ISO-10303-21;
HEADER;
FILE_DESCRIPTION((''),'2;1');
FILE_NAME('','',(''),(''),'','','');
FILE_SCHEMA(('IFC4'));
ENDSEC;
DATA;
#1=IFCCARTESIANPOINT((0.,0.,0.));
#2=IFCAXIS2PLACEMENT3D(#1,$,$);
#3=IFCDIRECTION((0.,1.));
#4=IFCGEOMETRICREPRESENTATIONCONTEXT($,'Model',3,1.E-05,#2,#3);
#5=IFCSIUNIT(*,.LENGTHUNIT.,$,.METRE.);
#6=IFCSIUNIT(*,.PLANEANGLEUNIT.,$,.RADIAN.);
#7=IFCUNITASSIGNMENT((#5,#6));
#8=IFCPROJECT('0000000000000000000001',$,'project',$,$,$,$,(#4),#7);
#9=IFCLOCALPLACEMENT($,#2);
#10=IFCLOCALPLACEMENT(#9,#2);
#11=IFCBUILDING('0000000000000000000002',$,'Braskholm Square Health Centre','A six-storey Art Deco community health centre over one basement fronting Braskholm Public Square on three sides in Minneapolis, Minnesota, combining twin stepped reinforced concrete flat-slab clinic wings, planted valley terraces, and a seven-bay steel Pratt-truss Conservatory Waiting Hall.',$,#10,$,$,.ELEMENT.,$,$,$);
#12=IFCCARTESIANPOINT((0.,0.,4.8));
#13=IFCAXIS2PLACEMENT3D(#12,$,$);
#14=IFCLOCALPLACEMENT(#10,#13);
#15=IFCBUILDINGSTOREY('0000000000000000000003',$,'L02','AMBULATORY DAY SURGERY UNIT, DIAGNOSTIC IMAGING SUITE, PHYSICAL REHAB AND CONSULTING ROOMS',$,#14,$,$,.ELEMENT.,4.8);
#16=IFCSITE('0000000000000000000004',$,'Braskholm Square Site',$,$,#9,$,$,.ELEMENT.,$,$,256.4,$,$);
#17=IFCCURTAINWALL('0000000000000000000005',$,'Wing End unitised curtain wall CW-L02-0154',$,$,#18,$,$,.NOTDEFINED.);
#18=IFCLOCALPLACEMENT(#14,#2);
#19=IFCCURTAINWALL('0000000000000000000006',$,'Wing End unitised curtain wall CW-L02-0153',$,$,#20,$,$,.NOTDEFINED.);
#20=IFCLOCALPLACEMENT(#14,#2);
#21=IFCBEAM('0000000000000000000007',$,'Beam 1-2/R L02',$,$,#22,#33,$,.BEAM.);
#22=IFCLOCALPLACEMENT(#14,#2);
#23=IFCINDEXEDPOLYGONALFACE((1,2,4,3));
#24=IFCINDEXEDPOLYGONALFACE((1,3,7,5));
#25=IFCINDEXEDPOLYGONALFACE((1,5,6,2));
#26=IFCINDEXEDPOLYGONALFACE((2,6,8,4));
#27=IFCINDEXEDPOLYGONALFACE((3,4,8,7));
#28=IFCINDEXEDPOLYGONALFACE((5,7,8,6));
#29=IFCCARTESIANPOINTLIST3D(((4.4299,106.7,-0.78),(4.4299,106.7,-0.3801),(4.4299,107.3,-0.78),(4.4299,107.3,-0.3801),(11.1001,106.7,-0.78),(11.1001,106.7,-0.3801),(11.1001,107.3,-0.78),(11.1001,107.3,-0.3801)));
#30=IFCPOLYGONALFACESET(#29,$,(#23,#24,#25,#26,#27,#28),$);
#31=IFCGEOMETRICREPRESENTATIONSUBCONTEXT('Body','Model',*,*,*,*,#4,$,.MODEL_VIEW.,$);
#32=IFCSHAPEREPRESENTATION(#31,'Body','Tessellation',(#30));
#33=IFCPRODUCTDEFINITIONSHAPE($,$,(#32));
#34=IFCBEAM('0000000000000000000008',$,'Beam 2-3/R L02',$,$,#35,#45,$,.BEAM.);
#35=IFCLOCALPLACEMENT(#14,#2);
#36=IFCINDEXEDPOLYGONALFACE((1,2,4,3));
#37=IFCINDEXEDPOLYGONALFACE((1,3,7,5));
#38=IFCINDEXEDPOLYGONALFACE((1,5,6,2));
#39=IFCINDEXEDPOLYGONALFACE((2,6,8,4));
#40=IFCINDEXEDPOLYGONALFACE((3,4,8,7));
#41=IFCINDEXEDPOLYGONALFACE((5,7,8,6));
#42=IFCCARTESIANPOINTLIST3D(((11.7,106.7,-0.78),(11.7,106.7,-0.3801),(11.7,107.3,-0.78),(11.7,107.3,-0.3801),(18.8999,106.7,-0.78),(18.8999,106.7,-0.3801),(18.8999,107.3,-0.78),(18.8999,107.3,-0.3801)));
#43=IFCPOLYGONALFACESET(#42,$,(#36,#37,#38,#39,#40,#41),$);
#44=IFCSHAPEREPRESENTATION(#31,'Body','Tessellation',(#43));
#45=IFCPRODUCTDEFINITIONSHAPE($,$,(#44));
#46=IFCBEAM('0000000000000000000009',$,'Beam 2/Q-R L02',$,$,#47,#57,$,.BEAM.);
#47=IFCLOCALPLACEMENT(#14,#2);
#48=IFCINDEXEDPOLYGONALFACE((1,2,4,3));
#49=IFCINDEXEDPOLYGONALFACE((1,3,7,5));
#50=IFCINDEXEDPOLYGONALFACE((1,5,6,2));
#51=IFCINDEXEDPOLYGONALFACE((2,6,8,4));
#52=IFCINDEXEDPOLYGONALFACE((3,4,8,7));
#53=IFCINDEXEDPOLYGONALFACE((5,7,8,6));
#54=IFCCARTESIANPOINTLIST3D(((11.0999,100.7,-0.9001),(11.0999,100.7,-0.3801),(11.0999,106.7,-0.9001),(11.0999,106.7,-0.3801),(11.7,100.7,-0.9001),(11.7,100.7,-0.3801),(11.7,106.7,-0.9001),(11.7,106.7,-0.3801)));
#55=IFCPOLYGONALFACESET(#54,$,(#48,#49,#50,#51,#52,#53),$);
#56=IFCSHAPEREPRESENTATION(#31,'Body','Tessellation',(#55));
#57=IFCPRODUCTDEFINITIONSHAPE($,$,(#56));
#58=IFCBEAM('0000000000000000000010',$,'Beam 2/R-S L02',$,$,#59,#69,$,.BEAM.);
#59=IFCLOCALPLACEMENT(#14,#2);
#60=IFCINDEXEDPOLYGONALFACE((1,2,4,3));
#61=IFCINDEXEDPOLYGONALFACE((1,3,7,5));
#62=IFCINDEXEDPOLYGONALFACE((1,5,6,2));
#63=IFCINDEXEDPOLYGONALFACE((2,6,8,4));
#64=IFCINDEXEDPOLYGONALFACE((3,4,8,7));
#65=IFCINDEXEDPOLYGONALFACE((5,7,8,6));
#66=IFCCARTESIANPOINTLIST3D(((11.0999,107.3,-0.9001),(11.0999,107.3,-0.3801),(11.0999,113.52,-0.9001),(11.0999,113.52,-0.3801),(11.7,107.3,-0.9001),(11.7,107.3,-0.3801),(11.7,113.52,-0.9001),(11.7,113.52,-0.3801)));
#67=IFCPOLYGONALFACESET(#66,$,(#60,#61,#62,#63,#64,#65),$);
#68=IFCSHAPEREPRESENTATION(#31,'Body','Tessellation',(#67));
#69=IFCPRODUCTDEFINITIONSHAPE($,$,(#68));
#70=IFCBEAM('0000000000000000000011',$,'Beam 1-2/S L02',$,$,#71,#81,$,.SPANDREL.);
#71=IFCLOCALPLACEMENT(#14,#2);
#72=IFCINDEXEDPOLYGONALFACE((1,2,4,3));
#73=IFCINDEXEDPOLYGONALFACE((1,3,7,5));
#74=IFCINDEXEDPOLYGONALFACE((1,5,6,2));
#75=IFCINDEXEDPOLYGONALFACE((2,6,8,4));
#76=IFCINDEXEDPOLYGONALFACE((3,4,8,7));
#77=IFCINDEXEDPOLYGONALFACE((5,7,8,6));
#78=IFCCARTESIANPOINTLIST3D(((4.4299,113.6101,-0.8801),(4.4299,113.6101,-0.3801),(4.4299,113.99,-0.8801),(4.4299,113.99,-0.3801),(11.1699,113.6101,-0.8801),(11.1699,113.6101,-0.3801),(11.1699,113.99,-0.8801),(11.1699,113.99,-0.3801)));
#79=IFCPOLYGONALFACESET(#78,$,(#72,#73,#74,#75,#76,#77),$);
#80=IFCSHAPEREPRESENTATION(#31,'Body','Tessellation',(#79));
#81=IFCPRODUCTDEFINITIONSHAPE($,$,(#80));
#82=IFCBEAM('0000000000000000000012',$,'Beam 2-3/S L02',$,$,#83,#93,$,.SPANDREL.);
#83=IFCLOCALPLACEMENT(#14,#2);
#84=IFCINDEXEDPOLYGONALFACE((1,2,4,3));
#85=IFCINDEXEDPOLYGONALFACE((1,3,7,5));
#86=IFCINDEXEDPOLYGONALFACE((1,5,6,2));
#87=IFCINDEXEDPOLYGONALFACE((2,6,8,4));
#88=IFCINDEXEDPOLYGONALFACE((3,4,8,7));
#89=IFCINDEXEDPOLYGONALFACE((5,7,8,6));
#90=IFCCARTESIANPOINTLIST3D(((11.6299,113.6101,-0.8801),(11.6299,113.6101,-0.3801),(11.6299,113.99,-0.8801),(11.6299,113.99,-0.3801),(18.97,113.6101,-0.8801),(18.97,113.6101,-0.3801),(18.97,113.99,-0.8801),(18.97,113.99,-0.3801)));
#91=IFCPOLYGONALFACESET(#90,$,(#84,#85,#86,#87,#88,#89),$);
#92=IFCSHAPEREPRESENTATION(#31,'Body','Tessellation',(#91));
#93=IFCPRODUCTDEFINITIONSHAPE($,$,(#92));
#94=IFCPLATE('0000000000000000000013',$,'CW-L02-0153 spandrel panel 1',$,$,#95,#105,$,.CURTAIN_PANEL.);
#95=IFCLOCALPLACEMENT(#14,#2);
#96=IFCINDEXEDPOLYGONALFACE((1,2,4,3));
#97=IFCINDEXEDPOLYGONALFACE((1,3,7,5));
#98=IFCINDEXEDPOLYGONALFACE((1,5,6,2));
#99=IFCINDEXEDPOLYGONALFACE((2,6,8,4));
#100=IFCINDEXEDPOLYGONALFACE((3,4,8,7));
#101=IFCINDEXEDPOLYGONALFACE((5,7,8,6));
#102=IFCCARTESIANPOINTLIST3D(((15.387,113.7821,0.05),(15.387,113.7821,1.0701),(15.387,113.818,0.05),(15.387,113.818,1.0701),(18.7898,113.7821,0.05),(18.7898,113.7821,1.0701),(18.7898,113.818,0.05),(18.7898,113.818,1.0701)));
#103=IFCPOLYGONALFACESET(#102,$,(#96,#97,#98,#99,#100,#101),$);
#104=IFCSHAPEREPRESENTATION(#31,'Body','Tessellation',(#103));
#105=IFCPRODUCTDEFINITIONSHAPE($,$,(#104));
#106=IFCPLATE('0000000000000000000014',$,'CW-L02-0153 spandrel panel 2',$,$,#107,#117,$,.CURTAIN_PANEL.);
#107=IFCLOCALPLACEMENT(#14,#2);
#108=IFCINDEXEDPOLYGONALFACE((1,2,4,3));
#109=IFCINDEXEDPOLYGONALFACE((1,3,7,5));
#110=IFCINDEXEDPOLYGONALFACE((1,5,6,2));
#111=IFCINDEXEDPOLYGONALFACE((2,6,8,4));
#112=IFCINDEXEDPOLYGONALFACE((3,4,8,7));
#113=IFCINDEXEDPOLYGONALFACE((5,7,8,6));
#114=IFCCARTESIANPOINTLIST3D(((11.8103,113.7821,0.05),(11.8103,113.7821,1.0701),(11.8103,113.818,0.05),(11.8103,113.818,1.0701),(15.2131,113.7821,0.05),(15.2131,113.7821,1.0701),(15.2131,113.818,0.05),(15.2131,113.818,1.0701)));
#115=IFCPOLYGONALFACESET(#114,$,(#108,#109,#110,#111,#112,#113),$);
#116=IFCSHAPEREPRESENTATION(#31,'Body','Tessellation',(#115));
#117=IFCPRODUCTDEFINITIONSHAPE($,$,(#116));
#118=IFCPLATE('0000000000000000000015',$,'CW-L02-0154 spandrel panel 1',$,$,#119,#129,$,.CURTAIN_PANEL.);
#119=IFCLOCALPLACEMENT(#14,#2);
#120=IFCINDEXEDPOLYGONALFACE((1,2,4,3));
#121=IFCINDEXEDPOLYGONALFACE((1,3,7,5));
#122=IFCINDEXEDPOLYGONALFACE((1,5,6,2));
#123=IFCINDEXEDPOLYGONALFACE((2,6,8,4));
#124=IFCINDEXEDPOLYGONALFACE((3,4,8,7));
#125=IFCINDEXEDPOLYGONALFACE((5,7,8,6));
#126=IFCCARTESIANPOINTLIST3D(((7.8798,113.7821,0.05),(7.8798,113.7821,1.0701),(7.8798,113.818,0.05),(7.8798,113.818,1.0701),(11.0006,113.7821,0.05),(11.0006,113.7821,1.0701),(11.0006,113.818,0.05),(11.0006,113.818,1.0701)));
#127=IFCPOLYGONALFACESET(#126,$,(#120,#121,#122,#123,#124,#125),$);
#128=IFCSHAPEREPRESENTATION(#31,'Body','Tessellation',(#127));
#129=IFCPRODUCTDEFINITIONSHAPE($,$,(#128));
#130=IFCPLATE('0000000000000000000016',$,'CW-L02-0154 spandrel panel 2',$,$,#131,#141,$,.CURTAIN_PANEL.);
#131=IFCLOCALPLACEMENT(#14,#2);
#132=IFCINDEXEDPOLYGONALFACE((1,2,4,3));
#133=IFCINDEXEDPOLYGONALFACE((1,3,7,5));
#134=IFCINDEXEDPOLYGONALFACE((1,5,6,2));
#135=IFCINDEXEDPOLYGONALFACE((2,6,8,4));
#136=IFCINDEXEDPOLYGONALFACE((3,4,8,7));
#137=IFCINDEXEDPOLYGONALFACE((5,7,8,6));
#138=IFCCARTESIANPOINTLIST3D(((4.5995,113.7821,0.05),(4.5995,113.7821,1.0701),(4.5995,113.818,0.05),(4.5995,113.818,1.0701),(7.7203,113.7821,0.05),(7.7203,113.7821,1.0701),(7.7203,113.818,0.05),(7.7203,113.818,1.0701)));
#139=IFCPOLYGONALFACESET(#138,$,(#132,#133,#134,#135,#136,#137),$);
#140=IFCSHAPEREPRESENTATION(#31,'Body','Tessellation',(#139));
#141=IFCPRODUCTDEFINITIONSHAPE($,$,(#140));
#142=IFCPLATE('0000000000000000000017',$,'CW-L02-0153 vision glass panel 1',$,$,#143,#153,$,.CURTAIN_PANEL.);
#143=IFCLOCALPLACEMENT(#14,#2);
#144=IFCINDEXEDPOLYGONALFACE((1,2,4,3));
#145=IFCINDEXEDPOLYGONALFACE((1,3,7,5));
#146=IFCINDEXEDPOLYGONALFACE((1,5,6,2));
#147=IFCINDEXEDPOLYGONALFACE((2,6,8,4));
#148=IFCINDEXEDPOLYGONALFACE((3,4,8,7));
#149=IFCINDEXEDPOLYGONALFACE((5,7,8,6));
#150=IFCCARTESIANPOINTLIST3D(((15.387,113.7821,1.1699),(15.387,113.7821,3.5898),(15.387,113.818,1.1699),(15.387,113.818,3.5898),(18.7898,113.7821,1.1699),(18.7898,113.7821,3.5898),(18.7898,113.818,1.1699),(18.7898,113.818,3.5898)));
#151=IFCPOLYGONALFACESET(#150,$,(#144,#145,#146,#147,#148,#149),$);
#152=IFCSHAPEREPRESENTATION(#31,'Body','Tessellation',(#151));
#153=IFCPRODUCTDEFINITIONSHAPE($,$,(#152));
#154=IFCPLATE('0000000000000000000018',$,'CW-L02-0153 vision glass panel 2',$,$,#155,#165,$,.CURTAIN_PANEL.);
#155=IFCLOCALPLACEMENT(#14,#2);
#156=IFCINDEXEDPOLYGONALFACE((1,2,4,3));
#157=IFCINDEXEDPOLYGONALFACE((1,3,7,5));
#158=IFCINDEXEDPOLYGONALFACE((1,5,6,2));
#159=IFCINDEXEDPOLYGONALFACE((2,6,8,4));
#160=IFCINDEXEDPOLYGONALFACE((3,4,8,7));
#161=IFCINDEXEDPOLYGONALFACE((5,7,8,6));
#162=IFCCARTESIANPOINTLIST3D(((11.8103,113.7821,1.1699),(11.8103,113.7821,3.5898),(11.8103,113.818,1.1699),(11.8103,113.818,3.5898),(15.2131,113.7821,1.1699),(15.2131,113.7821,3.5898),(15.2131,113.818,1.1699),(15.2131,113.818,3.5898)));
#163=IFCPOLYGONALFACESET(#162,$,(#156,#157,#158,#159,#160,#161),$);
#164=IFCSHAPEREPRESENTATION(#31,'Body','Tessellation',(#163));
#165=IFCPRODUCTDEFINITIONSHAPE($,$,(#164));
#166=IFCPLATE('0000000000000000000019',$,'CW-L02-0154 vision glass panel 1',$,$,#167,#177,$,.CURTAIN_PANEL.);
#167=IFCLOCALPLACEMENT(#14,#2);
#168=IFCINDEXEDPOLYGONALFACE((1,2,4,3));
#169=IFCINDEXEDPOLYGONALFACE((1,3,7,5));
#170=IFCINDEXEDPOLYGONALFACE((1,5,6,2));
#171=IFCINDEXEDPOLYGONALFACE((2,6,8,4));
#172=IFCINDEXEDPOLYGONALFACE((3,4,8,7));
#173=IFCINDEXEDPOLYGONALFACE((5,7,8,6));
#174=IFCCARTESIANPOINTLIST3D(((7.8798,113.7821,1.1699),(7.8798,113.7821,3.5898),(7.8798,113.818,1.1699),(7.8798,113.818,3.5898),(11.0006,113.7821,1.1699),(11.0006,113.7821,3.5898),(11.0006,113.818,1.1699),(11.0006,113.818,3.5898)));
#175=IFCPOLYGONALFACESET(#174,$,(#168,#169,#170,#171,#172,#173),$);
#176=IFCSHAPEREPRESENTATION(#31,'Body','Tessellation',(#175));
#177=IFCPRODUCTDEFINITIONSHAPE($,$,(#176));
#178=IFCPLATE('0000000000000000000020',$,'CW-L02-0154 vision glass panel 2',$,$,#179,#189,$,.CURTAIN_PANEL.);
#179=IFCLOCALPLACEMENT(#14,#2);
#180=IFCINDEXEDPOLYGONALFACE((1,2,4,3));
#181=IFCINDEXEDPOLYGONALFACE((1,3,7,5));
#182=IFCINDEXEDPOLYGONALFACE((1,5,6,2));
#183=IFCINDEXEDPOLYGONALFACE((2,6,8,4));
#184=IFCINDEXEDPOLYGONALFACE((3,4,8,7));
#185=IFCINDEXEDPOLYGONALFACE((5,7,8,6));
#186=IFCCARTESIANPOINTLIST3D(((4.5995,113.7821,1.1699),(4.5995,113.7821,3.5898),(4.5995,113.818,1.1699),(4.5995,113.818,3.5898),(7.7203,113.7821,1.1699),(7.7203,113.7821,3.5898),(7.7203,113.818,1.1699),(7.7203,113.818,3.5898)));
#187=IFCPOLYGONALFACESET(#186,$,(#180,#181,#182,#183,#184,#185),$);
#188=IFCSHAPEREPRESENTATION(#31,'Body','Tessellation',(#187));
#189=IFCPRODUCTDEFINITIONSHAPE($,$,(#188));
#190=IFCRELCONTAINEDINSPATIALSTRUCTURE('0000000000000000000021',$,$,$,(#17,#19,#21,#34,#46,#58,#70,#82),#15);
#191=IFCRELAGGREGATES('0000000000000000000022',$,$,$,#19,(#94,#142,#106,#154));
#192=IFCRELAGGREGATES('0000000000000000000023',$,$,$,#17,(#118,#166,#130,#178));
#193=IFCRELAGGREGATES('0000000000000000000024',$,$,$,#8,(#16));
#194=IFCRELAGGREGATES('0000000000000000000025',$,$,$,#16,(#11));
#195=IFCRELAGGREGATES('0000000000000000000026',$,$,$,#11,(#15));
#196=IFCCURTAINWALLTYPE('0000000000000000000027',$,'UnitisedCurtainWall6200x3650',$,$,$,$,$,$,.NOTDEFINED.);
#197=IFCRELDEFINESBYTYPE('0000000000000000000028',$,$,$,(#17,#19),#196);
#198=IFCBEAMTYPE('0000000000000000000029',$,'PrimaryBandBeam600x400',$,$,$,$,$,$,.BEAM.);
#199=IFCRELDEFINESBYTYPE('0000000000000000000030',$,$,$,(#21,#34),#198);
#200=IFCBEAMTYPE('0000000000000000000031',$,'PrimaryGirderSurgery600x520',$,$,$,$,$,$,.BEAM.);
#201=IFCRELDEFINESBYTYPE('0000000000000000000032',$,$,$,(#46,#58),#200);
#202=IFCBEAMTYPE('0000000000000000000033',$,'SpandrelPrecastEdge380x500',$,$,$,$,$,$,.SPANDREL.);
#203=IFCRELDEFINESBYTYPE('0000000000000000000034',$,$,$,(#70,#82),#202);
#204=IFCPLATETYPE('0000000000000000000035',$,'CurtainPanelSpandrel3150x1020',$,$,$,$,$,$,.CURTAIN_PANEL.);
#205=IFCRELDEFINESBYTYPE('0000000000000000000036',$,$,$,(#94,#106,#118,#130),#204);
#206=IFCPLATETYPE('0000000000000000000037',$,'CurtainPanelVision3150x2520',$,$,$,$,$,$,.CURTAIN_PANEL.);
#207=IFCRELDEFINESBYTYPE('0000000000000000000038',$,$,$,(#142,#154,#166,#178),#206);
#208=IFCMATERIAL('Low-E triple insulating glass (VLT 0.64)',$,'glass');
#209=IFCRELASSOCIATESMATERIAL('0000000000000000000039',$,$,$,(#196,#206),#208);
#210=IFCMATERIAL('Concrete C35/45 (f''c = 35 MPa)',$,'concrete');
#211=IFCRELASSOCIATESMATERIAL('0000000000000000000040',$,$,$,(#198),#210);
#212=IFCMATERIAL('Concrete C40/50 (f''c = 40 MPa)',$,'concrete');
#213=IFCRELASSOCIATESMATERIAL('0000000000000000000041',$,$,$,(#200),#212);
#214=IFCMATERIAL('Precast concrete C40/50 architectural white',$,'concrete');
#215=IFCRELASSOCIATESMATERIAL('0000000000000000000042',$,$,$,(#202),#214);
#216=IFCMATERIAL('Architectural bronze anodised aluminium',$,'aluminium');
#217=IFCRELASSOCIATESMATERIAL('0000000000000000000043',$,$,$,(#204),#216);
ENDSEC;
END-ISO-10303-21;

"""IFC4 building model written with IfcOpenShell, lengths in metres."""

from ifc_helpers import new_model, si_unit, direction, frame, origin, origin_2d, place, context, subcontext, project, spatial, rectangle, extrude, material, material_profile, profile_set, type_object, element, aggregate, save


model = new_model("IFC4")

# Units and contexts
model_context = context("Model", 3, precision=1e-05, world=origin(), true_north=direction((0.0, 1.0)))
body_context = subcontext(model_context, "Body", "Model", "MODEL_VIEW")
ifc_project = project(units=[si_unit("LENGTHUNIT", "METRE"), si_unit("PLANEANGLEUNIT", "RADIAN")], contexts=[model_context])

# Site, building, storey
site_placement = place(None, origin())
site = spatial("IfcSite", under=ifc_project, at=site_placement, Name="Braskholm Square Site", CompositionType="ELEMENT", RefElevation=256.4)
building_placement = place(site_placement, origin())
building = spatial("IfcBuilding", under=site, at=building_placement, Name="Braskholm Square Health Centre", Description="A six-storey Art Deco community health centre over one basement fronting Braskholm Public Square on three sides in Minneapolis, Minnesota, combining twin stepped reinforced concrete flat-slab clinic wings, planted valley terraces, and a seven-bay steel Pratt-truss Conservatory Waiting Hall.", CompositionType="ELEMENT")
storey_placement = place(building_placement, frame((0.0, 0.0, 4.8)))
storey = spatial("IfcBuildingStorey", under=building, at=storey_placement, Name="L02", Description="AMBULATORY DAY SURGERY UNIT, DIAGNOSTIC IMAGING SUITE, PHYSICAL REHAB AND CONSULTING ROOMS", CompositionType="ELEMENT", Elevation=4.8)

# Shared definitions
ifc_material_1 = material(Name="Concrete C40/50 (f'c = 40 MPa)", Category="concrete")
ifc_material_2 = material(Name="Precast concrete C40/50 architectural white", Category="concrete")

# Curtain walls
ifc_material_3 = material(Name="Low-E triple insulating glass (VLT 0.64)", Category="glass")
curtain_wall_type = type_object("IfcCurtainWallType", Name="UnitisedCurtainWall6200x3650", PredefinedType="NOTDEFINED", material=ifc_material_3)
curtain_wall_1_placement = place(storey_placement, origin())
curtain_wall_1 = element("IfcCurtainWall", 1, at=curtain_wall_1_placement, inside=storey, type_object=curtain_wall_type, Name="Wing End unitised curtain wall CW-L02-0154", PredefinedType="NOTDEFINED")
ifc_material_4 = material(Name="Architectural bronze anodised aluminium", Category="aluminium")
curtain_wall_2_placement = place(storey_placement, origin())
curtain_wall_2 = element("IfcCurtainWall", 2, at=curtain_wall_2_placement, inside=storey, type_object=curtain_wall_type, Name="Wing End unitised curtain wall CW-L02-0153", PredefinedType="NOTDEFINED")

# Beams
ifc_material_5 = material(Name="Concrete C35/45 (f'c = 35 MPa)", Category="concrete")
ifc_material_profile_1 = material_profile(ifc_material_5, rectangle(XDim=0.6001, YDim=0.3999, at=origin_2d()), Name="RCB-600X400")
ifc_profile_set_1 = profile_set([ifc_material_profile_1], Name="Concrete C35/45 (f'c = 35 MPa)")
beam_type_1 = type_object("IfcBeamType", Name="PrimaryBandBeam600x400", PredefinedType="BEAM", material=ifc_profile_set_1)
beam_1_placement = place(storey_placement, frame((4.4299, 107.0, -0.5801), z_axis=(1.0, 0.0, 0.0), x_axis=(0.0, 1.0, 0.0)))
element("IfcBeam", 3, at=beam_1_placement, inside=storey, type_object=beam_type_1, Name="Beam 1-2/R L02", PredefinedType="BEAM", context=body_context, shape_type="SweptSolid", body=[
    extrude(rectangle(XDim=0.6001, YDim=0.3999, at=origin_2d()), origin(), (0.0, 0.0, 1.0), 6.6702),
])
beam_2_placement = place(storey_placement, frame((11.7, 107.0, -0.5801), z_axis=(1.0, 0.0, 0.0), x_axis=(0.0, 1.0, 0.0)))
element("IfcBeam", 4, at=beam_2_placement, inside=storey, type_object=beam_type_1, Name="Beam 2-3/R L02", PredefinedType="BEAM", context=body_context, shape_type="SweptSolid", body=[
    extrude(rectangle(XDim=0.6001, YDim=0.3999, at=origin_2d()), origin(), (0.0, 0.0, 1.0), 7.2),
])
ifc_material_profile_2 = material_profile(ifc_material_1, rectangle(XDim=0.6001, YDim=0.52, at=origin_2d()), Name="RCB-600X520")
ifc_profile_set_2 = profile_set([ifc_material_profile_2], Name="Concrete C40/50 (f'c = 40 MPa)")
beam_type_2 = type_object("IfcBeamType", Name="PrimaryGirderSurgery600x520", PredefinedType="BEAM", material=ifc_profile_set_2)
beam_3_placement = place(storey_placement, frame((11.3999, 100.7, -0.6401), z_axis=(0.0, 1.0, 0.0), x_axis=(-1.0, 0.0, 0.0)))
element("IfcBeam", 5, at=beam_3_placement, inside=storey, type_object=beam_type_2, Name="Beam 2/Q-R L02", PredefinedType="BEAM", context=body_context, shape_type="SweptSolid", body=[
    extrude(rectangle(XDim=0.6001, YDim=0.52, at=origin_2d()), origin(), (0.0, 0.0, 1.0), 6.0),
])
beam_4_placement = place(storey_placement, frame((11.3999, 107.3, -0.6401), z_axis=(0.0, 1.0, 0.0), x_axis=(-1.0, 0.0, 0.0)))
element("IfcBeam", 6, at=beam_4_placement, inside=storey, type_object=beam_type_2, Name="Beam 2/R-S L02", PredefinedType="BEAM", context=body_context, shape_type="SweptSolid", body=[
    extrude(rectangle(XDim=0.6001, YDim=0.52, at=origin_2d()), origin(), (0.0, 0.0, 1.0), 6.22),
])
ifc_material_profile_3 = material_profile(ifc_material_2, rectangle(XDim=0.3799, YDim=0.5, at=origin_2d()), Name="RCB-380X500")
ifc_profile_set_3 = profile_set([ifc_material_profile_3], Name="Precast concrete C40/50 architectural white")
beam_type_3 = type_object("IfcBeamType", Name="SpandrelPrecastEdge380x500", PredefinedType="SPANDREL", material=ifc_profile_set_3)
beam_5_placement = place(storey_placement, frame((4.4299, 113.8, -0.6301), z_axis=(1.0, 0.0, 0.0), x_axis=(0.0, 1.0, 0.0)))
element("IfcBeam", 7, at=beam_5_placement, inside=storey, type_object=beam_type_3, Name="Beam 1-2/S L02", PredefinedType="SPANDREL", context=body_context, shape_type="SweptSolid", body=[
    extrude(rectangle(XDim=0.3799, YDim=0.5, at=origin_2d()), origin(), (0.0, 0.0, 1.0), 6.74),
])
beam_6_placement = place(storey_placement, frame((11.6299, 113.8, -0.6301), z_axis=(1.0, 0.0, 0.0), x_axis=(0.0, 1.0, 0.0)))
element("IfcBeam", 8, at=beam_6_placement, inside=storey, type_object=beam_type_3, Name="Beam 2-3/S L02", PredefinedType="SPANDREL", context=body_context, shape_type="SweptSolid", body=[
    extrude(rectangle(XDim=0.3799, YDim=0.5, at=origin_2d()), origin(), (0.0, 0.0, 1.0), 7.3401),
])

# Plates
plate_type_1 = type_object("IfcPlateType", Name="CurtainPanelSpandrel3150x1020", PredefinedType="CURTAIN_PANEL", material=ifc_material_4)
plate_1_placement = place(storey_placement, frame((17.0884, 113.8, 0.05), z_axis=(0.0, 0.0, 1.0), x_axis=(-1.0, 0.0, 0.0)))
plate_1 = element("IfcPlate", 9, at=plate_1_placement, type_object=plate_type_1, Name="CW-L02-0153 spandrel panel 1", PredefinedType="CURTAIN_PANEL", context=body_context, shape_type="SweptSolid", body=[
    extrude(rectangle(XDim=3.4028, YDim=0.0359, at=origin_2d()), origin(), (0.0, 0.0, 1.0), 1.02),
])
plate_2_placement = place(storey_placement, frame((13.5117, 113.8, 0.05), z_axis=(0.0, 0.0, 1.0), x_axis=(-1.0, 0.0, 0.0)))
plate_2 = element("IfcPlate", 10, at=plate_2_placement, type_object=plate_type_1, Name="CW-L02-0153 spandrel panel 2", PredefinedType="CURTAIN_PANEL", context=body_context, shape_type="SweptSolid", body=[
    extrude(rectangle(XDim=3.4028, YDim=0.0359, at=origin_2d()), origin(), (0.0, 0.0, 1.0), 1.02),
])
plate_3_placement = place(storey_placement, frame((9.4402, 113.8, 0.05), z_axis=(0.0, 0.0, 1.0), x_axis=(-1.0, 0.0, 0.0)))
plate_3 = element("IfcPlate", 11, at=plate_3_placement, type_object=plate_type_1, Name="CW-L02-0154 spandrel panel 1", PredefinedType="CURTAIN_PANEL", context=body_context, shape_type="SweptSolid", body=[
    extrude(rectangle(XDim=3.1208, YDim=0.0359, at=origin_2d()), origin(), (0.0, 0.0, 1.0), 1.02),
])
plate_4_placement = place(storey_placement, frame((6.1599, 113.8, 0.05), z_axis=(0.0, 0.0, 1.0), x_axis=(-1.0, 0.0, 0.0)))
plate_4 = element("IfcPlate", 12, at=plate_4_placement, type_object=plate_type_1, Name="CW-L02-0154 spandrel panel 2", PredefinedType="CURTAIN_PANEL", context=body_context, shape_type="SweptSolid", body=[
    extrude(rectangle(XDim=3.1208, YDim=0.0359, at=origin_2d()), origin(), (0.0, 0.0, 1.0), 1.02),
])
plate_type_2 = type_object("IfcPlateType", Name="CurtainPanelVision3150x2520", PredefinedType="CURTAIN_PANEL", material=ifc_material_3)
plate_5_placement = place(storey_placement, frame((17.0884, 113.8, 1.1699), z_axis=(0.0, 0.0, 1.0), x_axis=(-1.0, 0.0, 0.0)))
plate_5 = element("IfcPlate", 13, at=plate_5_placement, type_object=plate_type_2, Name="CW-L02-0153 vision glass panel 1", PredefinedType="CURTAIN_PANEL", context=body_context, shape_type="SweptSolid", body=[
    extrude(rectangle(XDim=3.4028, YDim=0.0359, at=origin_2d()), origin(), (0.0, 0.0, 1.0), 2.4199),
])
plate_6_placement = place(storey_placement, frame((13.5117, 113.8, 1.1699), z_axis=(0.0, 0.0, 1.0), x_axis=(-1.0, 0.0, 0.0)))
plate_6 = element("IfcPlate", 14, at=plate_6_placement, type_object=plate_type_2, Name="CW-L02-0153 vision glass panel 2", PredefinedType="CURTAIN_PANEL", context=body_context, shape_type="SweptSolid", body=[
    extrude(rectangle(XDim=3.4028, YDim=0.0359, at=origin_2d()), origin(), (0.0, 0.0, 1.0), 2.4199),
])
aggregate(curtain_wall_2, [plate_1, plate_5, plate_2, plate_6])
plate_7_placement = place(storey_placement, frame((9.4402, 113.8, 1.1699), z_axis=(0.0, 0.0, 1.0), x_axis=(-1.0, 0.0, 0.0)))
plate_7 = element("IfcPlate", 15, at=plate_7_placement, type_object=plate_type_2, Name="CW-L02-0154 vision glass panel 1", PredefinedType="CURTAIN_PANEL", context=body_context, shape_type="SweptSolid", body=[
    extrude(rectangle(XDim=3.1208, YDim=0.0359, at=origin_2d()), origin(), (0.0, 0.0, 1.0), 2.4199),
])
plate_8_placement = place(storey_placement, frame((6.1599, 113.8, 1.1699), z_axis=(0.0, 0.0, 1.0), x_axis=(-1.0, 0.0, 0.0)))
plate_8 = element("IfcPlate", 16, at=plate_8_placement, type_object=plate_type_2, Name="CW-L02-0154 vision glass panel 2", PredefinedType="CURTAIN_PANEL", context=body_context, shape_type="SweptSolid", body=[
    extrude(rectangle(XDim=3.1208, YDim=0.0359, at=origin_2d()), origin(), (0.0, 0.0, 1.0), 2.4199),
])
aggregate(curtain_wall_1, [plate_3, plate_7, plate_4, plate_8])

save(model, "model.ifc")
